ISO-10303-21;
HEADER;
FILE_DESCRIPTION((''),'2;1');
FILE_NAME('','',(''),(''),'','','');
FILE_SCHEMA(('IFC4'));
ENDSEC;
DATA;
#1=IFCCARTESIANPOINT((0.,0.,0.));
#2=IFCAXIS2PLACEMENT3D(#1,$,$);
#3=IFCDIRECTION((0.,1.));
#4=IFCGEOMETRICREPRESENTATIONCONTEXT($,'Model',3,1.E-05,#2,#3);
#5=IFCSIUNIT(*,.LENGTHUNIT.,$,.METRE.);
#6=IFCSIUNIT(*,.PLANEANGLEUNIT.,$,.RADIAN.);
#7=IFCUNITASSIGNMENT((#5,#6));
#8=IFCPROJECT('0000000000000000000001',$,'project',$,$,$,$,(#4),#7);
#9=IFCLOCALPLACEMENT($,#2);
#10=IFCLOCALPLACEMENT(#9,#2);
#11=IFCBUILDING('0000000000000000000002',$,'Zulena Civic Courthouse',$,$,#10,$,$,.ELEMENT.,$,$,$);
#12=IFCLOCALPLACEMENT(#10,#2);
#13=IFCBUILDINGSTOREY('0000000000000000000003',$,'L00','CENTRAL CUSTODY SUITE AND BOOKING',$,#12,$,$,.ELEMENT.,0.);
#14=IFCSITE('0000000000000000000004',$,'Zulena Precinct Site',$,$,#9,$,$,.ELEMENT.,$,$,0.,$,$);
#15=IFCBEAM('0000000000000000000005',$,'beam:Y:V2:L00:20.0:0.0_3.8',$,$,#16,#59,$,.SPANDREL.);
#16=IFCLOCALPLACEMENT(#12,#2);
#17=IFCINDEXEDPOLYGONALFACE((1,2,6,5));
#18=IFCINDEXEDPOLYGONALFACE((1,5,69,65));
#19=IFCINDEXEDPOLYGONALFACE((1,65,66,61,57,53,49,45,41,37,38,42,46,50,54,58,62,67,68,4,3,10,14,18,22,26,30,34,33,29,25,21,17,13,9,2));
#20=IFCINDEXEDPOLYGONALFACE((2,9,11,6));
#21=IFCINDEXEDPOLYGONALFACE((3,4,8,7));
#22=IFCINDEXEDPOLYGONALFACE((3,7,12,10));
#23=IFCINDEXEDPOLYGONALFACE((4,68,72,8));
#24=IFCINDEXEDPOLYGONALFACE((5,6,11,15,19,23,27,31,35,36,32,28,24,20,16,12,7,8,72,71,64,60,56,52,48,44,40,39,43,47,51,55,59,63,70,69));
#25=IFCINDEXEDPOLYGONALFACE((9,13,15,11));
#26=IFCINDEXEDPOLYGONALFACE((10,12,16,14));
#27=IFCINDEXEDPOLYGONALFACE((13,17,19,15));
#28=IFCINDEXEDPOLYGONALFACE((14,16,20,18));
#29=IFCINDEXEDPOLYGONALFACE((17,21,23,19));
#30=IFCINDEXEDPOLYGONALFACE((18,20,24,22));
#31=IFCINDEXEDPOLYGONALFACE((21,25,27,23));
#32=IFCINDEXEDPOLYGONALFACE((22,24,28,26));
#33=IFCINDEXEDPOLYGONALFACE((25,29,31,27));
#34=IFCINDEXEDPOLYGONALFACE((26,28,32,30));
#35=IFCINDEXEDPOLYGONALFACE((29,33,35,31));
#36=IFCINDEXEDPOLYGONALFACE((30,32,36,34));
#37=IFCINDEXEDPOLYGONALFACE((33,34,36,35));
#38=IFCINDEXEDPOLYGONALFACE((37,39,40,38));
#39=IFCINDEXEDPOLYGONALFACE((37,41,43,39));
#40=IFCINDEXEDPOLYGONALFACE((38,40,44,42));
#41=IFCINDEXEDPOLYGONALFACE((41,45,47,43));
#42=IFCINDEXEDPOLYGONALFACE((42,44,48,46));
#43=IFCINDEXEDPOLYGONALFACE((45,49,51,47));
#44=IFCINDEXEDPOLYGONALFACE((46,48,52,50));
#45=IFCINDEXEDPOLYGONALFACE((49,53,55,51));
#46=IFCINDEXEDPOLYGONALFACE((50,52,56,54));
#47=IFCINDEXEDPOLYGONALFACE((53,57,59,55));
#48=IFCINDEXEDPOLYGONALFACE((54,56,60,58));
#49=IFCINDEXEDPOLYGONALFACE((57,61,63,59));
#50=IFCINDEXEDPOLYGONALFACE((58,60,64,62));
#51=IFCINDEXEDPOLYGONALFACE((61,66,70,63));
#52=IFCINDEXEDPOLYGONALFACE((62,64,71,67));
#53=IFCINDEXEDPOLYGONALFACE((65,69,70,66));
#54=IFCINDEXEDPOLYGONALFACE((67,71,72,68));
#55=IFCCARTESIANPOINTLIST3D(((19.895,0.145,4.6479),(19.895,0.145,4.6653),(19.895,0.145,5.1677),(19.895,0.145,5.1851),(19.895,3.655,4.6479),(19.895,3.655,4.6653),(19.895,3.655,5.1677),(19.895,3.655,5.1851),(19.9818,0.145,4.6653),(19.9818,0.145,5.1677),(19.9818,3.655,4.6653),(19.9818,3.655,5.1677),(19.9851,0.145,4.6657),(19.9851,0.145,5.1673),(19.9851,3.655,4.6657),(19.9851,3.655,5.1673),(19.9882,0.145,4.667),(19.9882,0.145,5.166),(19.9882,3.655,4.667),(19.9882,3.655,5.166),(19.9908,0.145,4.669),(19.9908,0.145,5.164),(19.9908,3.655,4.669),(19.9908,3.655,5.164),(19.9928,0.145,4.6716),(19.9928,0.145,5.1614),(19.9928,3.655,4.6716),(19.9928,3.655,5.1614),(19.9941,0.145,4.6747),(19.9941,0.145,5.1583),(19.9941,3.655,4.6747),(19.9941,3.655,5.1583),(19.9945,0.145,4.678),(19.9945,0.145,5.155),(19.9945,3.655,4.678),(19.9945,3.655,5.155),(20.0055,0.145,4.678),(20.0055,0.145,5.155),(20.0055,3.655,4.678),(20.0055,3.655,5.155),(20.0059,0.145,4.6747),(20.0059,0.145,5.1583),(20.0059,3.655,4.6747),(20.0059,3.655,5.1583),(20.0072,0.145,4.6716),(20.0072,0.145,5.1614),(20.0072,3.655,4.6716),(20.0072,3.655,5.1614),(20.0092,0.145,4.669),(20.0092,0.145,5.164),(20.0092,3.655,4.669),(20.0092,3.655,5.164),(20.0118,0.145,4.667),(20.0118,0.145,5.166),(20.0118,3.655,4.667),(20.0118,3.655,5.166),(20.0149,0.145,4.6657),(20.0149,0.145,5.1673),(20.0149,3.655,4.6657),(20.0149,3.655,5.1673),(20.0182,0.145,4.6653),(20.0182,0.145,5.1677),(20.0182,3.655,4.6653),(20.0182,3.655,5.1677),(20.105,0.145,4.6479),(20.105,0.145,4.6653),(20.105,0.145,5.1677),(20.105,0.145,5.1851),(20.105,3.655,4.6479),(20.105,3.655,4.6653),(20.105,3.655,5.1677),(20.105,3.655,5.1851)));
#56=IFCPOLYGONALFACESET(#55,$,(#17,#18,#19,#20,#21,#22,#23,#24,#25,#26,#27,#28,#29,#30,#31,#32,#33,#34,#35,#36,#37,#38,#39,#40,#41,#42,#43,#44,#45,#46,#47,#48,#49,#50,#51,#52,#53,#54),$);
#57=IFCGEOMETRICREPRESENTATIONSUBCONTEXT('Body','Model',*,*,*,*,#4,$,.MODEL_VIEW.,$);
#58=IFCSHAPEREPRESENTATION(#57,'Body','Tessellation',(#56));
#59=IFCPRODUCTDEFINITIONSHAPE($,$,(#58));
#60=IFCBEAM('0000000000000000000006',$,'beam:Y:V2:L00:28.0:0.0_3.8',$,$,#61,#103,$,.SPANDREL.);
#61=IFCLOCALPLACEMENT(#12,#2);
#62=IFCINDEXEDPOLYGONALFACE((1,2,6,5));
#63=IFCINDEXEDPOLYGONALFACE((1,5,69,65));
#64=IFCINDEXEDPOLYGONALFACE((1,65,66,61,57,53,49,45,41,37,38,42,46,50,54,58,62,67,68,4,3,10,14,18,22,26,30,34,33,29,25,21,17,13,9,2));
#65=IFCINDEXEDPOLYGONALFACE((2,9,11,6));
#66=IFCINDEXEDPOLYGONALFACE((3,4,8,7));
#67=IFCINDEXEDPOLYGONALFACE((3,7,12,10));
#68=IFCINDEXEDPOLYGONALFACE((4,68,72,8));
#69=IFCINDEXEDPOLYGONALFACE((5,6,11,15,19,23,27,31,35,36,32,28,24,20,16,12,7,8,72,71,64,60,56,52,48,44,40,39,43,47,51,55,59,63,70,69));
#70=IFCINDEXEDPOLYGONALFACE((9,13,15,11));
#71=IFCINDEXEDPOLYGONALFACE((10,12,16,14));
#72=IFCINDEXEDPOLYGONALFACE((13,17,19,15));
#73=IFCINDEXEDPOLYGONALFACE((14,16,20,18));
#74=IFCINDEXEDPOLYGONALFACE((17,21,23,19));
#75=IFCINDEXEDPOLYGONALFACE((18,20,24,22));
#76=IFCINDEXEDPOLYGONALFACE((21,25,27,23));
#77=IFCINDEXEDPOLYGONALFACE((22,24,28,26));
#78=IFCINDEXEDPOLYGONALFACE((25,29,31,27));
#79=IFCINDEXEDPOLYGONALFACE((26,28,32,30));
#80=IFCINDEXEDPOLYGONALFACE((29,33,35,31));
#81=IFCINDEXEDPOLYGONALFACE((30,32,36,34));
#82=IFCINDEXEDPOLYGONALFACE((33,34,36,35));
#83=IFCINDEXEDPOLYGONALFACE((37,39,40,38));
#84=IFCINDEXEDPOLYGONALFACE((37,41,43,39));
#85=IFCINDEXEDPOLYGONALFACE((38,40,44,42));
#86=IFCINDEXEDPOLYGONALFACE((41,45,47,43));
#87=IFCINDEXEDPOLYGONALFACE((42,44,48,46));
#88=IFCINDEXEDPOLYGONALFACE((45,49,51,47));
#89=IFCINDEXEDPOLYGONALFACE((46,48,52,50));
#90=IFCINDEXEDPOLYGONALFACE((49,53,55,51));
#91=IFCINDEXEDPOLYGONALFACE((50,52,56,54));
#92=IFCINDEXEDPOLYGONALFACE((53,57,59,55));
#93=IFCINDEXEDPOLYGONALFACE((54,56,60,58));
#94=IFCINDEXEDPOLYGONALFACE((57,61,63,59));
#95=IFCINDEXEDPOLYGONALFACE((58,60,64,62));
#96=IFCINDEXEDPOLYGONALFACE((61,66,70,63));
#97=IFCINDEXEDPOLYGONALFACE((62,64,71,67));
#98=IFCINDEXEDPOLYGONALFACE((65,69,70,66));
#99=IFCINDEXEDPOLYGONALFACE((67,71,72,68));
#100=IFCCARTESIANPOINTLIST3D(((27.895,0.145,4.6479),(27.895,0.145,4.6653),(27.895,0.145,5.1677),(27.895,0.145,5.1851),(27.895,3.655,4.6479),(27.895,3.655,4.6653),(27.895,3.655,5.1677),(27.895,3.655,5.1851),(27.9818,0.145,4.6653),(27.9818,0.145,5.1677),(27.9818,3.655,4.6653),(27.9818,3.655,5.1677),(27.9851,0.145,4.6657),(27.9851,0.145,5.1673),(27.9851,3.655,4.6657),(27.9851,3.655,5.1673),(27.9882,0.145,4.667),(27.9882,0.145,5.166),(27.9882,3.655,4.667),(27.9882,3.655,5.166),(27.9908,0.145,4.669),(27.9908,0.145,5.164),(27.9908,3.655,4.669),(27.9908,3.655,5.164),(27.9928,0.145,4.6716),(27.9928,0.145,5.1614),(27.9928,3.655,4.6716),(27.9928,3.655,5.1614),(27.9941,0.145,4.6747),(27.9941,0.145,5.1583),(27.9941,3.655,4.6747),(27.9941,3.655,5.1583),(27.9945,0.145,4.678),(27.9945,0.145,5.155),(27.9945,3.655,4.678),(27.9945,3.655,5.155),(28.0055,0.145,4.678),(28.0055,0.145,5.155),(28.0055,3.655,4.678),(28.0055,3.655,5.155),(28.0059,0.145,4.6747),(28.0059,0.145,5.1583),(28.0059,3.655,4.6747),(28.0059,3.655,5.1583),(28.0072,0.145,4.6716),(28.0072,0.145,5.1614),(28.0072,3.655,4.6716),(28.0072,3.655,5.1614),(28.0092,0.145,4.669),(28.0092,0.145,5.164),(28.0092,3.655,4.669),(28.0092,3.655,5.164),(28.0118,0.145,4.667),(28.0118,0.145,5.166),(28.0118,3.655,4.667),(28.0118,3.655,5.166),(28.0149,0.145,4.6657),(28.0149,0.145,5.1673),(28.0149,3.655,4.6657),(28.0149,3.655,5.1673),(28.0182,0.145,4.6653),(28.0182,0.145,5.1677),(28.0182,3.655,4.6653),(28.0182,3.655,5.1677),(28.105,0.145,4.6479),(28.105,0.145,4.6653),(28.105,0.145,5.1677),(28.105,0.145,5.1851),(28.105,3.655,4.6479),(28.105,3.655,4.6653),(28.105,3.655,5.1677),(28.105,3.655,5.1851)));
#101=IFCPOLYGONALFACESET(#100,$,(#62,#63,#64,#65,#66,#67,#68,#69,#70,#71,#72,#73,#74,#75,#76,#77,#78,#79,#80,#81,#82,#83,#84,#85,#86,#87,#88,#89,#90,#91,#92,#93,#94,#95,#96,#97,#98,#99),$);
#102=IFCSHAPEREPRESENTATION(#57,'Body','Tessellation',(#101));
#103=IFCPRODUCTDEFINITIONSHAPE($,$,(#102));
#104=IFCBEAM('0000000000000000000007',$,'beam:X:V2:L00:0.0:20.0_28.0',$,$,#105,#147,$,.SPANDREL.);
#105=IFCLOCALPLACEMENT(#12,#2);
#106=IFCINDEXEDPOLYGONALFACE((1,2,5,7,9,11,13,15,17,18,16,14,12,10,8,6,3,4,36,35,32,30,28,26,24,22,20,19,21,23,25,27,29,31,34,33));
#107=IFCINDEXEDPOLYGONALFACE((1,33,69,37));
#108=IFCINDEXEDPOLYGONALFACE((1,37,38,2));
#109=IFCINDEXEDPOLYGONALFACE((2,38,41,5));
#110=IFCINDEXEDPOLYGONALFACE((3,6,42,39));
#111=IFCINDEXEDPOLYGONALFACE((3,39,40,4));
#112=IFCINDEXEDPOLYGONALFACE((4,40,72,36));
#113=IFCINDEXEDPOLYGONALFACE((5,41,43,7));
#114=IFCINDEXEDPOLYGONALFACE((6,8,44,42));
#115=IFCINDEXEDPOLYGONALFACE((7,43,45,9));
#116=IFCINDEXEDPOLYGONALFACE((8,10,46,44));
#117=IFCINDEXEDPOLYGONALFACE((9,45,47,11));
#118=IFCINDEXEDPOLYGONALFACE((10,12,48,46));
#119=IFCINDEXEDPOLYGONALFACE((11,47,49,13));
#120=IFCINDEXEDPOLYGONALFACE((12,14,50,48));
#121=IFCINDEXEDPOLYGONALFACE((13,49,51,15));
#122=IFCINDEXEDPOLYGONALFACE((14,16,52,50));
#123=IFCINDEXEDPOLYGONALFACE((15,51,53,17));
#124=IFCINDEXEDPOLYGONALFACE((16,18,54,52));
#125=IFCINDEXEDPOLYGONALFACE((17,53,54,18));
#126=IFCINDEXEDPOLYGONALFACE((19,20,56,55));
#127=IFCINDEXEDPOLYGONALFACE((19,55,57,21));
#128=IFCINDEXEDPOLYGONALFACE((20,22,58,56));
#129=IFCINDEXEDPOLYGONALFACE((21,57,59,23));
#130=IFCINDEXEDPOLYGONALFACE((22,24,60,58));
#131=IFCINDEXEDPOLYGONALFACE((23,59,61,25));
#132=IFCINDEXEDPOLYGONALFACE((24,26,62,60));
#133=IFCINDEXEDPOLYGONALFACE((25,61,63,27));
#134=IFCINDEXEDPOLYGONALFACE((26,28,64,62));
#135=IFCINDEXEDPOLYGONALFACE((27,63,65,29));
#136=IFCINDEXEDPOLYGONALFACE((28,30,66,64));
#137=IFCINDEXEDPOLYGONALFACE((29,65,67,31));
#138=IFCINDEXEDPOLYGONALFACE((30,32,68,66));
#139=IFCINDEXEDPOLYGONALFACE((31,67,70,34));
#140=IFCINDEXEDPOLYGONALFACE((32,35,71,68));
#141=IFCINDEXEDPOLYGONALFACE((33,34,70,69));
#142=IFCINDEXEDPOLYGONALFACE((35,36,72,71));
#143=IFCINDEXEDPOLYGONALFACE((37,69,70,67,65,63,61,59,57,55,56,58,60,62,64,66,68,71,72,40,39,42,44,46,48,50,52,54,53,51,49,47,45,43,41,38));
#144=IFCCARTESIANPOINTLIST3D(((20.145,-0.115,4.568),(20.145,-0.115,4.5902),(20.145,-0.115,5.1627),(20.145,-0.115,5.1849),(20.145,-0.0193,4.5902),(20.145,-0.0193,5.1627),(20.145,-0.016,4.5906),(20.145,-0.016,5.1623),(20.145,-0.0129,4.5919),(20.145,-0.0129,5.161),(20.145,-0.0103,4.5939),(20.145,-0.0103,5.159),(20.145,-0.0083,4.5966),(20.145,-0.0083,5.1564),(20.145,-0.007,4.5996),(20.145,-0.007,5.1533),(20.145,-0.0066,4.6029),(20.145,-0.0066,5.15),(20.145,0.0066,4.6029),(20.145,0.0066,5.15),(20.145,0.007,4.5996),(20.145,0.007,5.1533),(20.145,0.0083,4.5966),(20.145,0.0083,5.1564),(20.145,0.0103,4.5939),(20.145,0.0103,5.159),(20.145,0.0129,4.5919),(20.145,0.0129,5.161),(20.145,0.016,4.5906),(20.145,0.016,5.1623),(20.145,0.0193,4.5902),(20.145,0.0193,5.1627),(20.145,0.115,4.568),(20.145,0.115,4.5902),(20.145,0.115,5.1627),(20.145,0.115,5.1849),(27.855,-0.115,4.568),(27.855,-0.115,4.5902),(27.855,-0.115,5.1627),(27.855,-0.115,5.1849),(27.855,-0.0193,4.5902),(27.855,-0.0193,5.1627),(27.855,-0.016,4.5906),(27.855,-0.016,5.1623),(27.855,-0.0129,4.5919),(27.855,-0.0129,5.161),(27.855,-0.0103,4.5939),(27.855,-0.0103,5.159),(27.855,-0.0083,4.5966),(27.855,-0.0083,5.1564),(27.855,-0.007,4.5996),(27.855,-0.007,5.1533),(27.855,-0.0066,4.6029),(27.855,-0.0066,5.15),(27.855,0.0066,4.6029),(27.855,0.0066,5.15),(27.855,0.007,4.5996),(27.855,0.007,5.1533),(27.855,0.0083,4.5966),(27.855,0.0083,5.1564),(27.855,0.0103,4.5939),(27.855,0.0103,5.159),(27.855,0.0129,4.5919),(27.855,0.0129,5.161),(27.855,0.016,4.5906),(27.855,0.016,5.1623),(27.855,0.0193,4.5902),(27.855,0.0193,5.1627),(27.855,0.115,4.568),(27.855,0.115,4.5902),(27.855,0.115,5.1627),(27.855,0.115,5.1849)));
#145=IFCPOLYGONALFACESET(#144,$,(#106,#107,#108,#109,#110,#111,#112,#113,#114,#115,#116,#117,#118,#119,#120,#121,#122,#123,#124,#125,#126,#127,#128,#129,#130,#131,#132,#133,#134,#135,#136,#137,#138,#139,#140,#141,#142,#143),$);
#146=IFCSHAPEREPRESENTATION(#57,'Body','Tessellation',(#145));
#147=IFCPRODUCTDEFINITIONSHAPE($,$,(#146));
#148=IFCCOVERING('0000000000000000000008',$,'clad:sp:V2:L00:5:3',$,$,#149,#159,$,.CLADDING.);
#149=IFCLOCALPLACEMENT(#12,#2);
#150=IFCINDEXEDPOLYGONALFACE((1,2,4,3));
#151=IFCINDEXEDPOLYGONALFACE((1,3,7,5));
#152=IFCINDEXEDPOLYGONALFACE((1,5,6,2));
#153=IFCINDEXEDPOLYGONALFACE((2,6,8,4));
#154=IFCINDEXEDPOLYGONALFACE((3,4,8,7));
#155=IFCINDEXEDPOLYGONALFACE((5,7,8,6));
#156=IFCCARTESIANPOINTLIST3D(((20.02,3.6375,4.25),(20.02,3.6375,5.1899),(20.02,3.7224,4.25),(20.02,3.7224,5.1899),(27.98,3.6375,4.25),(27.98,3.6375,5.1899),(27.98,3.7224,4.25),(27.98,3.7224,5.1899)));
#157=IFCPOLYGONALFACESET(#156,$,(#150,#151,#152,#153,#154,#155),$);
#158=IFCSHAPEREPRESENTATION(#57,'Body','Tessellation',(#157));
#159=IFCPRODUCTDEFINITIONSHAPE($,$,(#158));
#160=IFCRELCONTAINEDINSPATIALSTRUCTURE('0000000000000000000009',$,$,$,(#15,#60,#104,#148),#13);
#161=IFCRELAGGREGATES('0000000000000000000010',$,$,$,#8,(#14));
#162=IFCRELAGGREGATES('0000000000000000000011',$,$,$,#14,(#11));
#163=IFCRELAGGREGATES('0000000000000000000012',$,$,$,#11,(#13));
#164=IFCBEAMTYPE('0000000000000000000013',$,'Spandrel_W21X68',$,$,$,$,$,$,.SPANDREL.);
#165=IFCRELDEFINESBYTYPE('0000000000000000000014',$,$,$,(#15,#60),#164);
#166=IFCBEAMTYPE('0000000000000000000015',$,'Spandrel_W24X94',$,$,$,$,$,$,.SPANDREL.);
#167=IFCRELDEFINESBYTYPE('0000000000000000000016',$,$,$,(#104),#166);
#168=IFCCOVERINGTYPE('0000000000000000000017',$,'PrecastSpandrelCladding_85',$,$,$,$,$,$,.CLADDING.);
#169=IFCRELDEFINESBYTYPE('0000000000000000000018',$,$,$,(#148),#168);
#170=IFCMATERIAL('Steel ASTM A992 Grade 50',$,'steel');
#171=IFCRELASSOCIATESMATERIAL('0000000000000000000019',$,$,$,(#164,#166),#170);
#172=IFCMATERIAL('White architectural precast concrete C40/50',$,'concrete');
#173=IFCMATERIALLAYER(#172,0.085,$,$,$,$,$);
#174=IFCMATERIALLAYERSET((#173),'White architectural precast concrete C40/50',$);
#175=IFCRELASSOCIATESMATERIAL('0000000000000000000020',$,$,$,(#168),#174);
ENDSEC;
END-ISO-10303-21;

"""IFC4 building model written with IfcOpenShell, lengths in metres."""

from ifc_helpers import new_model, si_unit, direction, frame, origin, origin_2d, place, context, subcontext, project, spatial, rectangle, i_section, extrude, material, layer, layer_set, material_profile, profile_set, type_object, element, save


model = new_model("IFC4")

# Units and contexts
model_context = context("Model", 3, precision=1e-05, world=origin(), true_north=direction((0.0, 1.0)))
body_context = subcontext(model_context, "Body", "Model", "MODEL_VIEW")
ifc_project = project(units=[si_unit("LENGTHUNIT", "METRE"), si_unit("PLANEANGLEUNIT", "RADIAN")], contexts=[model_context])

# Site, building, storey
site_placement = place(None, origin())
site = spatial("IfcSite", under=ifc_project, at=site_placement, Name="Zulena Precinct Site", CompositionType="ELEMENT", RefElevation=0.0)
building_placement = place(site_placement, origin())
building = spatial("IfcBuilding", under=site, at=building_placement, Name="Zulena Civic Courthouse", CompositionType="ELEMENT")
storey_placement = place(building_placement, origin())
storey = spatial("IfcBuildingStorey", under=building, at=storey_placement, Name="L00", Description="CENTRAL CUSTODY SUITE AND BOOKING", CompositionType="ELEMENT", Elevation=0.0)

# Shared definitions
ifc_material_1 = material(Name="Steel ASTM A992 Grade 50", Category="steel")

# Beams
ifc_material_profile_1 = material_profile(ifc_material_1, i_section(OverallWidth=0.21, OverallDepth=0.5371, WebThickness=0.011, FlangeThickness=0.0173, FilletRadius=0.0127, at=origin_2d()), Name="W21X68")
ifc_profile_set_1 = profile_set([ifc_material_profile_1], Name="Steel ASTM A992 Grade 50")
beam_type_1 = type_object("IfcBeamType", Name="Spandrel_W21X68", PredefinedType="SPANDREL", material=ifc_profile_set_1)
for number, where, z_axis, x_axis, name in (
    (1, (20.0, 0.145, 4.9165), (0.0, 1.0, 0.0), (-1.0, 0.0, 0.0), "beam:Y:V2:L00:20.0:0.0_3.8"),
    (2, (28.0, 0.145, 4.9165), (0.0, 1.0, 0.0), (-1.0, 0.0, 0.0), "beam:Y:V2:L00:28.0:0.0_3.8"),
):
    element("IfcBeam", number, at=place(storey_placement, frame(where, z_axis=z_axis, x_axis=x_axis)), inside=storey, type_object=beam_type_1, Name=name, PredefinedType="SPANDREL", context=body_context, shape_type="SweptSolid", body=[
        extrude(i_section(OverallWidth=0.21, OverallDepth=0.5371, WebThickness=0.011, FlangeThickness=0.0173, FilletRadius=0.0127, at=origin_2d()), origin(), (0.0, 0.0, 1.0), 3.51),
    ])
ifc_material_profile_2 = material_profile(ifc_material_1, i_section(OverallWidth=0.23, OverallDepth=0.6169, WebThickness=0.0132, FlangeThickness=0.0222, FilletRadius=0.0127, at=origin_2d()), Name="W24X94")
ifc_profile_set_2 = profile_set([ifc_material_profile_2], Name="Steel ASTM A992 Grade 50")
beam_type_2 = type_object("IfcBeamType", Name="Spandrel_W24X94", PredefinedType="SPANDREL", material=ifc_profile_set_2)
beam_1_placement = place(storey_placement, frame((20.145, 0.0, 4.8765), z_axis=(1.0, 0.0, 0.0), x_axis=(0.0, 1.0, 0.0)))
element("IfcBeam", 3, at=beam_1_placement, inside=storey, type_object=beam_type_2, Name="beam:X:V2:L00:0.0:20.0_28.0", PredefinedType="SPANDREL", context=body_context, shape_type="SweptSolid", body=[
    extrude(i_section(OverallWidth=0.23, OverallDepth=0.6169, WebThickness=0.0132, FlangeThickness=0.0222, FilletRadius=0.0127, at=origin_2d()), origin(), (0.0, 0.0, 1.0), 7.71),
])

# Shared definitions
ifc_material_2 = material(Name="White architectural precast concrete C40/50", Category="concrete")

# Covering
ifc_layer_1 = layer(ifc_material_2, 0.085)
ifc_layer_set_1 = layer_set([ifc_layer_1], Name="White architectural precast concrete C40/50")
covering_type = type_object("IfcCoveringType", Name="PrecastSpandrelCladding_85", PredefinedType="CLADDING", material=ifc_layer_set_1)
covering_placement = place(storey_placement, frame((24.0, 3.6799, 4.25), z_axis=(0.0, 0.0, 1.0), x_axis=(-1.0, 0.0, 0.0)))
element("IfcCovering", 4, at=covering_placement, inside=storey, type_object=covering_type, Name="clad:sp:V2:L00:5:3", PredefinedType="CLADDING", context=body_context, shape_type="SweptSolid", body=[
    extrude(rectangle(XDim=7.96, YDim=0.085, at=origin_2d()), origin(), (0.0, 0.0, 1.0), 0.9399),
])

save(model, "model.ifc")
